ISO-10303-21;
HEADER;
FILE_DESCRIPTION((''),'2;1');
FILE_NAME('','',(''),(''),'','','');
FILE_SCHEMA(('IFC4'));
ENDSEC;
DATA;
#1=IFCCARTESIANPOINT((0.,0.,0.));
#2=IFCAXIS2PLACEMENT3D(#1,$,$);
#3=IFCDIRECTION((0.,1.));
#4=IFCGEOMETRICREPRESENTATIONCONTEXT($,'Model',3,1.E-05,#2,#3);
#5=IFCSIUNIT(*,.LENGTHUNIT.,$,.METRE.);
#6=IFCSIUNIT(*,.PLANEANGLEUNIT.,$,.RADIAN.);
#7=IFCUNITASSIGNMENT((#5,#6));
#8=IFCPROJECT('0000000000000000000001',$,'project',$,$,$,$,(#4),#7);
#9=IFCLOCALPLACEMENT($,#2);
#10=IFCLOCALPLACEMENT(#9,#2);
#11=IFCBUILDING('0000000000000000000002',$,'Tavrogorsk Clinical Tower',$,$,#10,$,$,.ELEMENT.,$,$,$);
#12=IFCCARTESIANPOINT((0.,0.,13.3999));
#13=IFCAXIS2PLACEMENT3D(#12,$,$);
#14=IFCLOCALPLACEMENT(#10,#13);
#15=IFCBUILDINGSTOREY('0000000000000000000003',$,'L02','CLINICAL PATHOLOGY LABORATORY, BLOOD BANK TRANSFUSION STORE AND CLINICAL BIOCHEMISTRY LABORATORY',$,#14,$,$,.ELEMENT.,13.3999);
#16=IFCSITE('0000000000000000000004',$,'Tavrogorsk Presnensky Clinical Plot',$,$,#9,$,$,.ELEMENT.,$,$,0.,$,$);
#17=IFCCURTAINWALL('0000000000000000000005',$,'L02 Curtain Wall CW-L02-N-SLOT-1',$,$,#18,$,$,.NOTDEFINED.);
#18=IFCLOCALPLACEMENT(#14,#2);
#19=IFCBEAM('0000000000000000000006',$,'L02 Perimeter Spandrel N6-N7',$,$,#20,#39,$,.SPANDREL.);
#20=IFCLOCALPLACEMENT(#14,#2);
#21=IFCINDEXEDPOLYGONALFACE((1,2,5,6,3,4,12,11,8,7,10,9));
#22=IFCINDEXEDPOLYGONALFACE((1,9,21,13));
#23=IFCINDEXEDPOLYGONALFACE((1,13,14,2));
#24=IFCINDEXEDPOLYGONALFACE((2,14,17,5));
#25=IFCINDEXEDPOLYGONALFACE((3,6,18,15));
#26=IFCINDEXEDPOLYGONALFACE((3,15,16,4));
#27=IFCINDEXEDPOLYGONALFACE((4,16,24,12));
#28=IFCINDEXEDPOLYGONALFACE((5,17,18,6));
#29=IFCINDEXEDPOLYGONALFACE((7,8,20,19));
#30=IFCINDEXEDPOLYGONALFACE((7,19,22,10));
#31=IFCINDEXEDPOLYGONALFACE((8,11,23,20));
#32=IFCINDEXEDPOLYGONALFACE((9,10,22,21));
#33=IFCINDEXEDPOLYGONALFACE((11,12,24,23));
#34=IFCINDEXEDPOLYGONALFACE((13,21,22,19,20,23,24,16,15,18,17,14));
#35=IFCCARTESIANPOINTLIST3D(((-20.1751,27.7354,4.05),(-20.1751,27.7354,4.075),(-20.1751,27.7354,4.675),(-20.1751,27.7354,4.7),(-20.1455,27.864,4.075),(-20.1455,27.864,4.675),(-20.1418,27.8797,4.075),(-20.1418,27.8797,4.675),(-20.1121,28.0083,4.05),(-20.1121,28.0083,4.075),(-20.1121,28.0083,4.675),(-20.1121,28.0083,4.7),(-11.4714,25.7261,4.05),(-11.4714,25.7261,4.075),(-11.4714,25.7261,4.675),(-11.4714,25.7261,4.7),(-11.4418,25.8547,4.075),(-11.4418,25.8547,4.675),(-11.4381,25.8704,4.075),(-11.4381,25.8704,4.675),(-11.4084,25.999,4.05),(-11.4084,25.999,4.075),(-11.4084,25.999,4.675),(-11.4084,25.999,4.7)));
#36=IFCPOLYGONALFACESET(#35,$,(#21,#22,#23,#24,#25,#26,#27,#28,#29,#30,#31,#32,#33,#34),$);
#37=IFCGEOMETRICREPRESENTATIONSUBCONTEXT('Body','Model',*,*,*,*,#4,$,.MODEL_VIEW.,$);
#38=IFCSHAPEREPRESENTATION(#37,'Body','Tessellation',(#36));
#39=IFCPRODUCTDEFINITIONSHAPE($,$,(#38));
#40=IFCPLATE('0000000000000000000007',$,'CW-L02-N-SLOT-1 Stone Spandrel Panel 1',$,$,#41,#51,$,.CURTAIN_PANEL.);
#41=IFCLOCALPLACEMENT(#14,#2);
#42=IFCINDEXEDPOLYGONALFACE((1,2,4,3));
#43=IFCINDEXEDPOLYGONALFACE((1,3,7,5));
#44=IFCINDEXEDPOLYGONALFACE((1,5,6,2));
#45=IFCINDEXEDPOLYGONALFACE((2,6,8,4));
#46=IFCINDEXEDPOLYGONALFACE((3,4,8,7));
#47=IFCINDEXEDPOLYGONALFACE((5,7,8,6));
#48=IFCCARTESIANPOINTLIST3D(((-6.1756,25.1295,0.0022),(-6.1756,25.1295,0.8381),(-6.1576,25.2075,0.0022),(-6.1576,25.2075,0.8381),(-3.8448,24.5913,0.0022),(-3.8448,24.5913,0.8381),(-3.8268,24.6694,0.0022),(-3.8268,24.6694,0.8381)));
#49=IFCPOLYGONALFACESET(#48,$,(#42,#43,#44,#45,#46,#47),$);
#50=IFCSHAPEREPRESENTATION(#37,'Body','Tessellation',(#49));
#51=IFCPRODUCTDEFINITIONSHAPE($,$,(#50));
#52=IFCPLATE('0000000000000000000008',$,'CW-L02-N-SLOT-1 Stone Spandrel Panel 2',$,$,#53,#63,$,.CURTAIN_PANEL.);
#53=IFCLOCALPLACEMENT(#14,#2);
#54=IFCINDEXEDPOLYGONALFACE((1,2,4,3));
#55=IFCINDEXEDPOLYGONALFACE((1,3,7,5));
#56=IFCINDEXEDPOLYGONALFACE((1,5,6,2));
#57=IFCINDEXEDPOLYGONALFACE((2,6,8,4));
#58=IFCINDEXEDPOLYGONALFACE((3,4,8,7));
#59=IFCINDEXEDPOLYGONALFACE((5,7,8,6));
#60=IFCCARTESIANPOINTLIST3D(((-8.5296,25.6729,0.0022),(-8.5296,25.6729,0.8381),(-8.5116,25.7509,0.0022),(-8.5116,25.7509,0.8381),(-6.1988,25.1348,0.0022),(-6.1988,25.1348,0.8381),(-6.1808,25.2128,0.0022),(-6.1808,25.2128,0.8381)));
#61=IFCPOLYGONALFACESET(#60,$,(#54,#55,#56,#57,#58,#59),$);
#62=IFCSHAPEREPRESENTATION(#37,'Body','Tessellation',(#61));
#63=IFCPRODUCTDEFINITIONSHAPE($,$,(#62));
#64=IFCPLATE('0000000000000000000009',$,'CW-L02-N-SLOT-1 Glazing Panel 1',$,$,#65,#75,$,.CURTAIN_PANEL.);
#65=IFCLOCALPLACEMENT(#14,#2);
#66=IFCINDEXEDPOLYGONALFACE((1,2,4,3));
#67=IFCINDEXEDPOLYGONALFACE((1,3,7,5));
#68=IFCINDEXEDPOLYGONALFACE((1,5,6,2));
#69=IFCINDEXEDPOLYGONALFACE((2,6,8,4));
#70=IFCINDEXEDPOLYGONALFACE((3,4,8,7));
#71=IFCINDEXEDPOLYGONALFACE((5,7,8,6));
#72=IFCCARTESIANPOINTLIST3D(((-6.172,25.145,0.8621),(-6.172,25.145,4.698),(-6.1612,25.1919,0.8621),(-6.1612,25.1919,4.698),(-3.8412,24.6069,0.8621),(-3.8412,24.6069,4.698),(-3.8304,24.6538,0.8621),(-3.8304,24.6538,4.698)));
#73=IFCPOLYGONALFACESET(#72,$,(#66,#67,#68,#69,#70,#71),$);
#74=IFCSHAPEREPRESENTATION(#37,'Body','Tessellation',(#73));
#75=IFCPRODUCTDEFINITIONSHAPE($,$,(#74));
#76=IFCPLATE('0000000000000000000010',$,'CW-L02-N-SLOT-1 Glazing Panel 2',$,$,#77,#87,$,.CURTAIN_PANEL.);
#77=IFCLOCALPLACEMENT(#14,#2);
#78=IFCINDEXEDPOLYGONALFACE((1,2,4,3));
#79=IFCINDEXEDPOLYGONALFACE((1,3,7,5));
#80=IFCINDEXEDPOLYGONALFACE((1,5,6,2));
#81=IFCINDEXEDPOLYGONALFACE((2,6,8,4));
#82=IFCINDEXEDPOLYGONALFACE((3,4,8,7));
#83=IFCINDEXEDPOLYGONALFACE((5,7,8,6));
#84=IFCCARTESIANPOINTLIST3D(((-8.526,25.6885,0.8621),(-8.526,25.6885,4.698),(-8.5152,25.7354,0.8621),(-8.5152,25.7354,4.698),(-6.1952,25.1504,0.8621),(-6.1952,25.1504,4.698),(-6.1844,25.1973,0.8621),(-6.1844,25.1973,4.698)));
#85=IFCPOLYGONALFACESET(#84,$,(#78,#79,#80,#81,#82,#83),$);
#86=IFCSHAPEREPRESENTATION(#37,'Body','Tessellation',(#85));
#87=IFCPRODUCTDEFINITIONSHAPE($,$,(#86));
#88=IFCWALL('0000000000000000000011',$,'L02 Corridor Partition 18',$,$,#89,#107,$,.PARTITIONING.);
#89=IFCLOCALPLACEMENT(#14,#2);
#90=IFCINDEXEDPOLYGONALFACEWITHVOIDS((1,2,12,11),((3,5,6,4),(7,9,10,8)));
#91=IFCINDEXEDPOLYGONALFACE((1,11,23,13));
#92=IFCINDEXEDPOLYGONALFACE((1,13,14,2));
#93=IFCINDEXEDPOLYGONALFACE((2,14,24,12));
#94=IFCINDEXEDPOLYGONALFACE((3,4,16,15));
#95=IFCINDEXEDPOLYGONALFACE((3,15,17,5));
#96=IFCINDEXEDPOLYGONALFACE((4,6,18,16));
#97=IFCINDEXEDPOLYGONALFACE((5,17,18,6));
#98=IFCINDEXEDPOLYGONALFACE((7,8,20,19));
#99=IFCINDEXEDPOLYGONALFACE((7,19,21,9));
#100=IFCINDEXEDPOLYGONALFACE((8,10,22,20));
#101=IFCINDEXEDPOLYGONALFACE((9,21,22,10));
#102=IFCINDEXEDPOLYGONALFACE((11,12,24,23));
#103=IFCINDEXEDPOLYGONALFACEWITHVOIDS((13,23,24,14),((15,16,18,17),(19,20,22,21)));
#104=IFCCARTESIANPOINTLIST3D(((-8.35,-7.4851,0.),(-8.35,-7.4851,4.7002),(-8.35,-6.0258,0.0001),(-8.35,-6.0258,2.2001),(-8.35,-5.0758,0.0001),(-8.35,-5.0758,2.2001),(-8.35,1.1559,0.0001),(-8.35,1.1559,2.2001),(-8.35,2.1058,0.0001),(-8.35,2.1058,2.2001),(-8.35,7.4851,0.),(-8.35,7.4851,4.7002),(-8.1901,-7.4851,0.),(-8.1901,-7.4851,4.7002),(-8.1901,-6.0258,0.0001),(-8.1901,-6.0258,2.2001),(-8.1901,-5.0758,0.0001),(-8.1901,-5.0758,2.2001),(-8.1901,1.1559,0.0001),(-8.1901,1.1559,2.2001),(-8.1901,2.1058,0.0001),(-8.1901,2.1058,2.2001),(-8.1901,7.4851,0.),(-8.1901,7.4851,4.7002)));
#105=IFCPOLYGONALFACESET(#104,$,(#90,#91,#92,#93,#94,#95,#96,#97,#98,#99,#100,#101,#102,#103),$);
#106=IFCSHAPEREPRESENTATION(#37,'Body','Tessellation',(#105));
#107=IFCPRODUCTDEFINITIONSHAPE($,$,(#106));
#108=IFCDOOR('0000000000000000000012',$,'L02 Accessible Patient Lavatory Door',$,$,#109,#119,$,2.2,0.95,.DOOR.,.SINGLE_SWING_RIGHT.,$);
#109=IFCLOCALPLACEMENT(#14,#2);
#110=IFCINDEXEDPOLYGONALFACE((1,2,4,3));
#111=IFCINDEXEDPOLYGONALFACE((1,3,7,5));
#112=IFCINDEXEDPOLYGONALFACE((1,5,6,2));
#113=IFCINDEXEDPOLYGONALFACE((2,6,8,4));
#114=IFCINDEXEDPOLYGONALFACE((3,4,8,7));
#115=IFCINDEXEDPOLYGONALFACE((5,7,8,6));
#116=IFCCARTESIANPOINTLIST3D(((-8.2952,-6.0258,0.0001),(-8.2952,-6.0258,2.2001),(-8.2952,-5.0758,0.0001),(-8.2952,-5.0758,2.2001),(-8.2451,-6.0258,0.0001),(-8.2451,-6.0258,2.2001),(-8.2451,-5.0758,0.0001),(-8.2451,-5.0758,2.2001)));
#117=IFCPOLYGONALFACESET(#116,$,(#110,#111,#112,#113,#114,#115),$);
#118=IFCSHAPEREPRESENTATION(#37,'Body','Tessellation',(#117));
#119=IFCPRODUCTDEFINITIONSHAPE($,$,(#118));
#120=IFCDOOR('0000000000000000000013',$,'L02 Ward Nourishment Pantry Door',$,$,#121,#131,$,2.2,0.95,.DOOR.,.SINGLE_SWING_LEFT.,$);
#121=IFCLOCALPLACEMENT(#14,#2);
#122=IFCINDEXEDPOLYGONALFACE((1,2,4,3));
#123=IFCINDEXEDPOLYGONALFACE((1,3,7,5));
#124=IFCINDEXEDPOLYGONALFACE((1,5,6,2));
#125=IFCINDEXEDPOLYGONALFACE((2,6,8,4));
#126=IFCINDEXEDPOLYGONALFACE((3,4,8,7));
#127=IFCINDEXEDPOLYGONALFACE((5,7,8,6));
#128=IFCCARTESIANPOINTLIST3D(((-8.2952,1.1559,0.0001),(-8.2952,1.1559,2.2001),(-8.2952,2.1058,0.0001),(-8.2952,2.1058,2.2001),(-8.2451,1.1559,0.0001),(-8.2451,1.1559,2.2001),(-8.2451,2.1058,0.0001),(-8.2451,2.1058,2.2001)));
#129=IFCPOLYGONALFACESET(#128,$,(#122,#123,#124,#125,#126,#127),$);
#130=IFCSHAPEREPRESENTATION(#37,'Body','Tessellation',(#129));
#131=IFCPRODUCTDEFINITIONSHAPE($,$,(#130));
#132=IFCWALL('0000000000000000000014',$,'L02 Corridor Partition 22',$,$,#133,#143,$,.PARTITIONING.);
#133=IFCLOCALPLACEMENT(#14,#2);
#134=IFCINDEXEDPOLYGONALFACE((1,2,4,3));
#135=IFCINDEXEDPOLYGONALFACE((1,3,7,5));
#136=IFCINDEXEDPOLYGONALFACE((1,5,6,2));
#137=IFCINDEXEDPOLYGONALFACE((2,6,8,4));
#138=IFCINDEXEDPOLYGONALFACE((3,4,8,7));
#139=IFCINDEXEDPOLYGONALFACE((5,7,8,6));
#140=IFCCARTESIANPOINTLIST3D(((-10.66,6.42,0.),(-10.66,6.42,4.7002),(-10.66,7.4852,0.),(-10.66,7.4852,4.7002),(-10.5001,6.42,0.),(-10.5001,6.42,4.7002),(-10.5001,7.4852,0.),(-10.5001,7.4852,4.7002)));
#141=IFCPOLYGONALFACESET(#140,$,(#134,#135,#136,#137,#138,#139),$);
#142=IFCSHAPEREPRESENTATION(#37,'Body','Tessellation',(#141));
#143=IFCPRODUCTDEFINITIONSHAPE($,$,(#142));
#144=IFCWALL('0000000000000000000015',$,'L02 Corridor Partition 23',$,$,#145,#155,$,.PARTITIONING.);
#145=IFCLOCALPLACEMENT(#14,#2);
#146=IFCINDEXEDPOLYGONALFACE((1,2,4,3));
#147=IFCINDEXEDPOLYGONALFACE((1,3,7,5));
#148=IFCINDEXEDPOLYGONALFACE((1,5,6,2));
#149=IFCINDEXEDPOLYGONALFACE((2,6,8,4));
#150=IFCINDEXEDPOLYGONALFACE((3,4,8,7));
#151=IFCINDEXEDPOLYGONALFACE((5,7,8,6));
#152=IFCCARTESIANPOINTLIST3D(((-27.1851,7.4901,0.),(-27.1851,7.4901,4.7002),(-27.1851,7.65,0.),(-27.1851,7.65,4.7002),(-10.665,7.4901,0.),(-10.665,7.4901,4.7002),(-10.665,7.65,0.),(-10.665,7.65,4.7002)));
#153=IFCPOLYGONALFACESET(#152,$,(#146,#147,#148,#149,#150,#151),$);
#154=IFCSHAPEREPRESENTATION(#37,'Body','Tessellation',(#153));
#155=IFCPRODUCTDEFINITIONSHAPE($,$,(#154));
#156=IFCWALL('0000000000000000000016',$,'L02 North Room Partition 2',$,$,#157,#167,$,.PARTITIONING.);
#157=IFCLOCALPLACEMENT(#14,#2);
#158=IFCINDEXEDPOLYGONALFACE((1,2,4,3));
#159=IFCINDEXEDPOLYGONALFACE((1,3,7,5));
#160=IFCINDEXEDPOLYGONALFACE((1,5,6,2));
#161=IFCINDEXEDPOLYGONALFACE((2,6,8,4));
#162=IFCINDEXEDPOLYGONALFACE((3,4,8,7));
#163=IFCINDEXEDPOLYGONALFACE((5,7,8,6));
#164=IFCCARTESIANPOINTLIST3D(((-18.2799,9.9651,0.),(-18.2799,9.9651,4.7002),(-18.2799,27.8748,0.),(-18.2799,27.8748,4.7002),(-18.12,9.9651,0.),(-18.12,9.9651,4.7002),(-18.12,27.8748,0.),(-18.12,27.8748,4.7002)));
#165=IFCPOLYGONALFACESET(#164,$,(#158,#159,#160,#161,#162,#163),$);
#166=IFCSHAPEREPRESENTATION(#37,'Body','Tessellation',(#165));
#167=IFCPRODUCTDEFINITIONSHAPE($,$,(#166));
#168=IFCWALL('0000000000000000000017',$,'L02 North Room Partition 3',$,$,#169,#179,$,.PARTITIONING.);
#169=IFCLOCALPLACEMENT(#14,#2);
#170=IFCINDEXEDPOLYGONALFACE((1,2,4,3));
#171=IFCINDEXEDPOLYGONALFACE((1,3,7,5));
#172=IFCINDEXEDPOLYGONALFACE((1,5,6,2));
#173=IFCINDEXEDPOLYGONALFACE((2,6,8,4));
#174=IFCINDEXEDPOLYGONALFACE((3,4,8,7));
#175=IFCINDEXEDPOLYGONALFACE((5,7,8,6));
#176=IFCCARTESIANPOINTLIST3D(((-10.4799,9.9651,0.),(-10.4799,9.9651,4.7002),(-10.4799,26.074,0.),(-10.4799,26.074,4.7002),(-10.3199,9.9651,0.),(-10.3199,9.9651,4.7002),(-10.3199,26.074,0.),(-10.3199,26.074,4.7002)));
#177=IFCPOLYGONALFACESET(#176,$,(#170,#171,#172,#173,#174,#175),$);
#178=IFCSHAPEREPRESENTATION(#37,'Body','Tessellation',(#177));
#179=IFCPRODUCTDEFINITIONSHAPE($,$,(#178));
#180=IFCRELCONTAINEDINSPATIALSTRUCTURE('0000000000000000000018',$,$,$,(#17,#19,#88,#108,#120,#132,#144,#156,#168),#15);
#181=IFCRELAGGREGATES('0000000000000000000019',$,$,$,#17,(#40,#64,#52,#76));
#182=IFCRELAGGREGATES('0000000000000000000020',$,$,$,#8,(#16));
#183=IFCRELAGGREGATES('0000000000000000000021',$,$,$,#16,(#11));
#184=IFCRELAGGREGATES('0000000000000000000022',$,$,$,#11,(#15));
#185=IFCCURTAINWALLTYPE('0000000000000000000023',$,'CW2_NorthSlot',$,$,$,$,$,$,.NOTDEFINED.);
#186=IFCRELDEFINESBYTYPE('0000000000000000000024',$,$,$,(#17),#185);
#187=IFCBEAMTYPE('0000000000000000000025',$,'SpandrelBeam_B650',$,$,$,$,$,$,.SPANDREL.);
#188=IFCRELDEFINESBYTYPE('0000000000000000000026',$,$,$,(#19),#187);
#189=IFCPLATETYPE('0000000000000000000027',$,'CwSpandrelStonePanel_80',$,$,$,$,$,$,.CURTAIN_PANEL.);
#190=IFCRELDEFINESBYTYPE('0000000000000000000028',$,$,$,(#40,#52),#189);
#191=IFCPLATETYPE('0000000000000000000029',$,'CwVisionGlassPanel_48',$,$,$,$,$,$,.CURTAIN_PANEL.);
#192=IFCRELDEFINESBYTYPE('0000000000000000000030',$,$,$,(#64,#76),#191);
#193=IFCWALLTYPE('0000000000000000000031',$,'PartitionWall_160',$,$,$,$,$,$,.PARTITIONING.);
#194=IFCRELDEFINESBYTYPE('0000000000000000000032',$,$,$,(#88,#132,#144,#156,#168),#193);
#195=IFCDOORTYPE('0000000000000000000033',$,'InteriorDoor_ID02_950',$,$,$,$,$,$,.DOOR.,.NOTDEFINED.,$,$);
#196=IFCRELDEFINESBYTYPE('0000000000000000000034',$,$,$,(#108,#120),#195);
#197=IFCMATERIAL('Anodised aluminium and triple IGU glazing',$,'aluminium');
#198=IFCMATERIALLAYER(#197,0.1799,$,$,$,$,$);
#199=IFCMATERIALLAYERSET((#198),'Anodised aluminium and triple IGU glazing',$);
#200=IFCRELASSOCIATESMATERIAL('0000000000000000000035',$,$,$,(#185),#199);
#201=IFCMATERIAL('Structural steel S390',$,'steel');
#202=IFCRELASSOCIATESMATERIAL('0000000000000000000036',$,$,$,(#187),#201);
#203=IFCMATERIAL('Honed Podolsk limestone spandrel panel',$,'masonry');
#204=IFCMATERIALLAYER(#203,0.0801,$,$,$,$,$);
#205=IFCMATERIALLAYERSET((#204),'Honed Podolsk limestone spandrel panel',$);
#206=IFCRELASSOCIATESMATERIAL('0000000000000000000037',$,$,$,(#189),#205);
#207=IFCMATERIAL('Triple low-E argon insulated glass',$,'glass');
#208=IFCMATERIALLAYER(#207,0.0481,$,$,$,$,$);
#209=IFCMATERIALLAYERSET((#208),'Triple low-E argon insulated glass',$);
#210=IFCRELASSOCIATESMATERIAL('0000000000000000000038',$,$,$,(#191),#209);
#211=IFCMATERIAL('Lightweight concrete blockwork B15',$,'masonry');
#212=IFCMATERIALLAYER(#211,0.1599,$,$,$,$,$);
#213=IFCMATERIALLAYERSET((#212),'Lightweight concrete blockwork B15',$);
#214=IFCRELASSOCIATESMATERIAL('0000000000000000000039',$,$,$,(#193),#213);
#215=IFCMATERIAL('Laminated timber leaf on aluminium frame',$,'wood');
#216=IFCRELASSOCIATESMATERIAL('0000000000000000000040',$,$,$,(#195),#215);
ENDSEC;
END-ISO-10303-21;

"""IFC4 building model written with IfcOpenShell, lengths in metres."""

from ifc_helpers import new_model, si_unit, direction, frame, frame_2d, origin, origin_2d, place, context, subcontext, project, spatial, rectangle, i_section, extrude, material, layer, layer_set, material_profile, profile_set, type_object, element, fill, aggregate, save


model = new_model("IFC4")

# Units and contexts
model_context = context("Model", 3, precision=1e-05, world=origin(), true_north=direction((0.0, 1.0)))
body_context = subcontext(model_context, "Body", "Model", "MODEL_VIEW")
ifc_project = project(units=[si_unit("LENGTHUNIT", "METRE"), si_unit("PLANEANGLEUNIT", "RADIAN")], contexts=[model_context])

# Site, building, storey
site_placement = place(None, origin())
site = spatial("IfcSite", under=ifc_project, at=site_placement, Name="Tavrogorsk Presnensky Clinical Plot", CompositionType="ELEMENT", RefElevation=0.0)
building_placement = place(site_placement, origin())
building = spatial("IfcBuilding", under=site, at=building_placement, Name="Tavrogorsk Clinical Tower", CompositionType="ELEMENT")
storey_placement = place(building_placement, frame((0.0, 0.0, 13.3999)))
storey = spatial("IfcBuildingStorey", under=building, at=storey_placement, Name="L02", Description="CLINICAL PATHOLOGY LABORATORY, BLOOD BANK TRANSFUSION STORE AND CLINICAL BIOCHEMISTRY LABORATORY", CompositionType="ELEMENT", Elevation=13.3999)

# Curtain wall
ifc_material_1 = material(Name="Anodised aluminium and triple IGU glazing", Category="aluminium")
ifc_layer_1 = layer(ifc_material_1, 0.1799)
ifc_layer_set_1 = layer_set([ifc_layer_1], Name="Anodised aluminium and triple IGU glazing")
curtain_wall_type = type_object("IfcCurtainWallType", Name="CW2_NorthSlot", PredefinedType="NOTDEFINED", material=ifc_layer_set_1)
curtain_wall_placement = place(storey_placement, origin())
curtain_wall = element("IfcCurtainWall", 1, at=curtain_wall_placement, inside=storey, type_object=curtain_wall_type, Name="L02 Curtain Wall CW-L02-N-SLOT-1", PredefinedType="NOTDEFINED")

# Beam
ifc_material_2 = material(Name="Structural steel S390", Category="steel")
ifc_material_profile_1 = material_profile(ifc_material_2, i_section(OverallWidth=0.28, OverallDepth=0.6499, WebThickness=0.0161, FlangeThickness=0.0249, at=origin_2d()), Name="B-650x280x16x25")
ifc_profile_set_1 = profile_set([ifc_material_profile_1], Name="Structural steel S390")
beam_type_1 = type_object("IfcBeamType", Name="SpandrelBeam_B650", PredefinedType="SPANDREL", material=ifc_profile_set_1)
beam_1_placement = place(storey_placement, frame((-11.4399, 25.8625, 4.375), z_axis=(-0.974373, 0.224939, 0.0), x_axis=(-0.224939, -0.974373, 0.0)))
element("IfcBeam", 2, at=beam_1_placement, inside=storey, type_object=beam_type_1, Name="L02 Perimeter Spandrel N6-N7", PredefinedType="SPANDREL", context=body_context, shape_type="SweptSolid", body=[
    extrude(i_section(OverallWidth=0.28, OverallDepth=0.6499, WebThickness=0.0161, FlangeThickness=0.0249, at=origin_2d()), origin(), (0.0, 0.0, 1.0), 8.9326),
])

# Plates
ifc_material_3 = material(Name="Honed Podolsk limestone spandrel panel", Category="masonry")
ifc_layer_2 = layer(ifc_material_3, 0.0801)
ifc_layer_set_2 = layer_set([ifc_layer_2], Name="Honed Podolsk limestone spandrel panel")
plate_type_1 = type_object("IfcPlateType", Name="CwSpandrelStonePanel_80", PredefinedType="CURTAIN_PANEL", material=ifc_layer_set_2)
plate_1_placement = place(storey_placement, frame((-5.0012, 24.8994, 0.0022), z_axis=(0.0, 0.0, 1.0), x_axis=(-0.97437, 0.224951, 0.0)))
plate_1 = element("IfcPlate", 3, at=plate_1_placement, type_object=plate_type_1, Name="CW-L02-N-SLOT-1 Stone Spandrel Panel 1", PredefinedType="CURTAIN_PANEL", context=body_context, shape_type="SweptSolid", body=[
    extrude(rectangle(XDim=2.3921, YDim=0.0801, at=origin_2d()), origin(), (0.0, 0.0, 1.0), 0.8359),
])
plate_2_placement = place(storey_placement, frame((-7.3552, 25.4429, 0.0022), z_axis=(0.0, 0.0, 1.0), x_axis=(-0.97437, 0.224951, 0.0)))
plate_2 = element("IfcPlate", 4, at=plate_2_placement, type_object=plate_type_1, Name="CW-L02-N-SLOT-1 Stone Spandrel Panel 2", PredefinedType="CURTAIN_PANEL", context=body_context, shape_type="SweptSolid", body=[
    extrude(rectangle(XDim=2.3921, YDim=0.0801, at=origin_2d()), origin(), (0.0, 0.0, 1.0), 0.8359),
])
ifc_material_4 = material(Name="Triple low-E argon insulated glass", Category="glass")
ifc_layer_3 = layer(ifc_material_4, 0.0481)
ifc_layer_set_3 = layer_set([ifc_layer_3], Name="Triple low-E argon insulated glass")
plate_type_2 = type_object("IfcPlateType", Name="CwVisionGlassPanel_48", PredefinedType="CURTAIN_PANEL", material=ifc_layer_set_3)
plate_3_placement = place(storey_placement, frame((-5.0012, 24.8994, 0.8621), z_axis=(0.0, 0.0, 1.0), x_axis=(-0.97437, 0.224951, 0.0)))
plate_3 = element("IfcPlate", 5, at=plate_3_placement, type_object=plate_type_2, Name="CW-L02-N-SLOT-1 Glazing Panel 1", PredefinedType="CURTAIN_PANEL", context=body_context, shape_type="SweptSolid", body=[
    extrude(rectangle(XDim=2.3921, YDim=0.0481, at=origin_2d()), origin(), (0.0, 0.0, 1.0), 3.8359),
])
plate_4_placement = place(storey_placement, frame((-7.3552, 25.4429, 0.8621), z_axis=(0.0, 0.0, 1.0), x_axis=(-0.97437, 0.224951, 0.0)))
plate_4 = element("IfcPlate", 6, at=plate_4_placement, type_object=plate_type_2, Name="CW-L02-N-SLOT-1 Glazing Panel 2", PredefinedType="CURTAIN_PANEL", context=body_context, shape_type="SweptSolid", body=[
    extrude(rectangle(XDim=2.3921, YDim=0.0481, at=origin_2d()), origin(), (0.0, 0.0, 1.0), 3.8359),
])
aggregate(curtain_wall, [plate_1, plate_3, plate_2, plate_4])

# Wall, openings, doors
ifc_material_5 = material(Name="Lightweight concrete blockwork B15", Category="masonry")
ifc_layer_4 = layer(ifc_material_5, 0.1599)
ifc_layer_set_4 = layer_set([ifc_layer_4], Name="Lightweight concrete blockwork B15")
wall_type_1 = type_object("IfcWallType", Name="PartitionWall_160", PredefinedType="PARTITIONING", material=ifc_layer_set_4)
wall_1_placement = place(storey_placement, frame((-8.27, 7.4851, 0.0), z_axis=(0.0, 0.0, 1.0), x_axis=(0.0, -1.0, 0.0)))
wall_1 = element("IfcWall", 7, at=wall_1_placement, inside=storey, type_object=wall_type_1, Name="L02 Corridor Partition 18", PredefinedType="PARTITIONING", context=body_context, shape_type="SweptSolid", body=[
    extrude(rectangle(XDim=14.9702, YDim=0.1599, at=frame_2d((7.4851, 0.0))), origin(), (0.0, 0.0, 1.0), 4.7002),
])
opening_1_placement = place(wall_1_placement, frame((12.5608, 0.0, 0.0)))
opening_1 = element("IfcOpeningElement", 8, at=opening_1_placement, cuts=wall_1, PredefinedType="OPENING", context=body_context, shape_type="SweptSolid", body=[
    extrude(rectangle(XDim=0.95, YDim=2.2, at=frame_2d((0.4751, 1.1001))), frame((0.0, 0.0898, 0.0), z_axis=(0.0, -1.0, 0.0), x_axis=(1.0, 0.0, 0.0)), (0.0, 0.0, 1.0), 0.1799),
])
opening_2_placement = place(wall_1_placement, frame((5.3792, 0.0, 0.0)))
opening_2 = element("IfcOpeningElement", 9, at=opening_2_placement, cuts=wall_1, PredefinedType="OPENING", context=body_context, shape_type="SweptSolid", body=[
    extrude(rectangle(XDim=0.95, YDim=2.2, at=frame_2d((0.4751, 1.1001))), frame((0.0, 0.0898, 0.0), z_axis=(0.0, -1.0, 0.0), x_axis=(1.0, 0.0, 0.0)), (0.0, 0.0, 1.0), 0.1799),
])
ifc_material_6 = material(Name="Laminated timber leaf on aluminium frame", Category="wood")
door_type = type_object("IfcDoorType", Name="InteriorDoor_ID02_950", OperationType="NOTDEFINED", PredefinedType="DOOR", material=ifc_material_6)
door_1_placement = place(opening_1_placement, origin())
door_1 = element("IfcDoor", 10, at=door_1_placement, inside=storey, type_object=door_type, Name="L02 Accessible Patient Lavatory Door", OperationType="SINGLE_SWING_RIGHT", OverallHeight=2.2, OverallWidth=0.95, PredefinedType="DOOR", context=body_context, shape_type="SweptSolid", body=[
    extrude(rectangle(XDim=0.95, YDim=2.2, at=frame_2d((0.4751, 1.1001))), frame((0.0, 0.0249, 0.0), z_axis=(0.0, -1.0, 0.0), x_axis=(1.0, 0.0, 0.0)), (0.0, 0.0, 1.0), 0.05),
])
fill(opening_1, door_1)
door_2_placement = place(opening_2_placement, origin())
door_2 = element("IfcDoor", 11, at=door_2_placement, inside=storey, type_object=door_type, Name="L02 Ward Nourishment Pantry Door", OperationType="SINGLE_SWING_LEFT", OverallHeight=2.2, OverallWidth=0.95, PredefinedType="DOOR", context=body_context, shape_type="SweptSolid", body=[
    extrude(rectangle(XDim=0.95, YDim=2.2, at=frame_2d((0.4751, 1.1001))), frame((0.0, 0.0249, 0.0), z_axis=(0.0, -1.0, 0.0), x_axis=(1.0, 0.0, 0.0)), (0.0, 0.0, 1.0), 0.05),
])
fill(opening_2, door_2)

# Walls
wall_2_placement = place(storey_placement, frame((-10.5801, 6.4199, 0.0), z_axis=(0.0, 0.0, 1.0), x_axis=(0.0, 1.0, 0.0)))
element("IfcWall", 12, at=wall_2_placement, inside=storey, type_object=wall_type_1, Name="L02 Corridor Partition 22", PredefinedType="PARTITIONING", context=body_context, shape_type="SweptSolid", body=[
    extrude(rectangle(XDim=1.0652, YDim=0.1599, at=frame_2d((0.5327, 0.0))), origin(), (0.0, 0.0, 1.0), 4.7002),
])
wall_3_placement = place(storey_placement, frame((-10.665, 7.5701, 0.0), z_axis=(0.0, 0.0, 1.0), x_axis=(-1.0, 0.0, 0.0)))
element("IfcWall", 13, at=wall_3_placement, inside=storey, type_object=wall_type_1, Name="L02 Corridor Partition 23", PredefinedType="PARTITIONING", context=body_context, shape_type="SweptSolid", body=[
    extrude(rectangle(XDim=16.52, YDim=0.1599, at=frame_2d((8.26, 0.0))), origin(), (0.0, 0.0, 1.0), 4.7002),
])
wall_4_placement = place(storey_placement, frame((-18.2, 9.9651, 0.0), z_axis=(0.0, 0.0, 1.0), x_axis=(0.0, 1.0, 0.0)))
element("IfcWall", 14, at=wall_4_placement, inside=storey, type_object=wall_type_1, Name="L02 North Room Partition 2", PredefinedType="PARTITIONING", context=body_context, shape_type="SweptSolid", body=[
    extrude(rectangle(XDim=17.9097, YDim=0.1599, at=frame_2d((8.9548, 0.0))), origin(), (0.0, 0.0, 1.0), 4.7002),
])
wall_5_placement = place(storey_placement, frame((-10.3999, 9.9651, 0.0), z_axis=(0.0, 0.0, 1.0), x_axis=(0.0, 1.0, 0.0)))
element("IfcWall", 15, at=wall_5_placement, inside=storey, type_object=wall_type_1, Name="L02 North Room Partition 3", PredefinedType="PARTITIONING", context=body_context, shape_type="SweptSolid", body=[
    extrude(rectangle(XDim=16.1089, YDim=0.1599, at=frame_2d((8.0544, 0.0))), origin(), (0.0, 0.0, 1.0), 4.7002),
])

save(model, "model.ifc")
